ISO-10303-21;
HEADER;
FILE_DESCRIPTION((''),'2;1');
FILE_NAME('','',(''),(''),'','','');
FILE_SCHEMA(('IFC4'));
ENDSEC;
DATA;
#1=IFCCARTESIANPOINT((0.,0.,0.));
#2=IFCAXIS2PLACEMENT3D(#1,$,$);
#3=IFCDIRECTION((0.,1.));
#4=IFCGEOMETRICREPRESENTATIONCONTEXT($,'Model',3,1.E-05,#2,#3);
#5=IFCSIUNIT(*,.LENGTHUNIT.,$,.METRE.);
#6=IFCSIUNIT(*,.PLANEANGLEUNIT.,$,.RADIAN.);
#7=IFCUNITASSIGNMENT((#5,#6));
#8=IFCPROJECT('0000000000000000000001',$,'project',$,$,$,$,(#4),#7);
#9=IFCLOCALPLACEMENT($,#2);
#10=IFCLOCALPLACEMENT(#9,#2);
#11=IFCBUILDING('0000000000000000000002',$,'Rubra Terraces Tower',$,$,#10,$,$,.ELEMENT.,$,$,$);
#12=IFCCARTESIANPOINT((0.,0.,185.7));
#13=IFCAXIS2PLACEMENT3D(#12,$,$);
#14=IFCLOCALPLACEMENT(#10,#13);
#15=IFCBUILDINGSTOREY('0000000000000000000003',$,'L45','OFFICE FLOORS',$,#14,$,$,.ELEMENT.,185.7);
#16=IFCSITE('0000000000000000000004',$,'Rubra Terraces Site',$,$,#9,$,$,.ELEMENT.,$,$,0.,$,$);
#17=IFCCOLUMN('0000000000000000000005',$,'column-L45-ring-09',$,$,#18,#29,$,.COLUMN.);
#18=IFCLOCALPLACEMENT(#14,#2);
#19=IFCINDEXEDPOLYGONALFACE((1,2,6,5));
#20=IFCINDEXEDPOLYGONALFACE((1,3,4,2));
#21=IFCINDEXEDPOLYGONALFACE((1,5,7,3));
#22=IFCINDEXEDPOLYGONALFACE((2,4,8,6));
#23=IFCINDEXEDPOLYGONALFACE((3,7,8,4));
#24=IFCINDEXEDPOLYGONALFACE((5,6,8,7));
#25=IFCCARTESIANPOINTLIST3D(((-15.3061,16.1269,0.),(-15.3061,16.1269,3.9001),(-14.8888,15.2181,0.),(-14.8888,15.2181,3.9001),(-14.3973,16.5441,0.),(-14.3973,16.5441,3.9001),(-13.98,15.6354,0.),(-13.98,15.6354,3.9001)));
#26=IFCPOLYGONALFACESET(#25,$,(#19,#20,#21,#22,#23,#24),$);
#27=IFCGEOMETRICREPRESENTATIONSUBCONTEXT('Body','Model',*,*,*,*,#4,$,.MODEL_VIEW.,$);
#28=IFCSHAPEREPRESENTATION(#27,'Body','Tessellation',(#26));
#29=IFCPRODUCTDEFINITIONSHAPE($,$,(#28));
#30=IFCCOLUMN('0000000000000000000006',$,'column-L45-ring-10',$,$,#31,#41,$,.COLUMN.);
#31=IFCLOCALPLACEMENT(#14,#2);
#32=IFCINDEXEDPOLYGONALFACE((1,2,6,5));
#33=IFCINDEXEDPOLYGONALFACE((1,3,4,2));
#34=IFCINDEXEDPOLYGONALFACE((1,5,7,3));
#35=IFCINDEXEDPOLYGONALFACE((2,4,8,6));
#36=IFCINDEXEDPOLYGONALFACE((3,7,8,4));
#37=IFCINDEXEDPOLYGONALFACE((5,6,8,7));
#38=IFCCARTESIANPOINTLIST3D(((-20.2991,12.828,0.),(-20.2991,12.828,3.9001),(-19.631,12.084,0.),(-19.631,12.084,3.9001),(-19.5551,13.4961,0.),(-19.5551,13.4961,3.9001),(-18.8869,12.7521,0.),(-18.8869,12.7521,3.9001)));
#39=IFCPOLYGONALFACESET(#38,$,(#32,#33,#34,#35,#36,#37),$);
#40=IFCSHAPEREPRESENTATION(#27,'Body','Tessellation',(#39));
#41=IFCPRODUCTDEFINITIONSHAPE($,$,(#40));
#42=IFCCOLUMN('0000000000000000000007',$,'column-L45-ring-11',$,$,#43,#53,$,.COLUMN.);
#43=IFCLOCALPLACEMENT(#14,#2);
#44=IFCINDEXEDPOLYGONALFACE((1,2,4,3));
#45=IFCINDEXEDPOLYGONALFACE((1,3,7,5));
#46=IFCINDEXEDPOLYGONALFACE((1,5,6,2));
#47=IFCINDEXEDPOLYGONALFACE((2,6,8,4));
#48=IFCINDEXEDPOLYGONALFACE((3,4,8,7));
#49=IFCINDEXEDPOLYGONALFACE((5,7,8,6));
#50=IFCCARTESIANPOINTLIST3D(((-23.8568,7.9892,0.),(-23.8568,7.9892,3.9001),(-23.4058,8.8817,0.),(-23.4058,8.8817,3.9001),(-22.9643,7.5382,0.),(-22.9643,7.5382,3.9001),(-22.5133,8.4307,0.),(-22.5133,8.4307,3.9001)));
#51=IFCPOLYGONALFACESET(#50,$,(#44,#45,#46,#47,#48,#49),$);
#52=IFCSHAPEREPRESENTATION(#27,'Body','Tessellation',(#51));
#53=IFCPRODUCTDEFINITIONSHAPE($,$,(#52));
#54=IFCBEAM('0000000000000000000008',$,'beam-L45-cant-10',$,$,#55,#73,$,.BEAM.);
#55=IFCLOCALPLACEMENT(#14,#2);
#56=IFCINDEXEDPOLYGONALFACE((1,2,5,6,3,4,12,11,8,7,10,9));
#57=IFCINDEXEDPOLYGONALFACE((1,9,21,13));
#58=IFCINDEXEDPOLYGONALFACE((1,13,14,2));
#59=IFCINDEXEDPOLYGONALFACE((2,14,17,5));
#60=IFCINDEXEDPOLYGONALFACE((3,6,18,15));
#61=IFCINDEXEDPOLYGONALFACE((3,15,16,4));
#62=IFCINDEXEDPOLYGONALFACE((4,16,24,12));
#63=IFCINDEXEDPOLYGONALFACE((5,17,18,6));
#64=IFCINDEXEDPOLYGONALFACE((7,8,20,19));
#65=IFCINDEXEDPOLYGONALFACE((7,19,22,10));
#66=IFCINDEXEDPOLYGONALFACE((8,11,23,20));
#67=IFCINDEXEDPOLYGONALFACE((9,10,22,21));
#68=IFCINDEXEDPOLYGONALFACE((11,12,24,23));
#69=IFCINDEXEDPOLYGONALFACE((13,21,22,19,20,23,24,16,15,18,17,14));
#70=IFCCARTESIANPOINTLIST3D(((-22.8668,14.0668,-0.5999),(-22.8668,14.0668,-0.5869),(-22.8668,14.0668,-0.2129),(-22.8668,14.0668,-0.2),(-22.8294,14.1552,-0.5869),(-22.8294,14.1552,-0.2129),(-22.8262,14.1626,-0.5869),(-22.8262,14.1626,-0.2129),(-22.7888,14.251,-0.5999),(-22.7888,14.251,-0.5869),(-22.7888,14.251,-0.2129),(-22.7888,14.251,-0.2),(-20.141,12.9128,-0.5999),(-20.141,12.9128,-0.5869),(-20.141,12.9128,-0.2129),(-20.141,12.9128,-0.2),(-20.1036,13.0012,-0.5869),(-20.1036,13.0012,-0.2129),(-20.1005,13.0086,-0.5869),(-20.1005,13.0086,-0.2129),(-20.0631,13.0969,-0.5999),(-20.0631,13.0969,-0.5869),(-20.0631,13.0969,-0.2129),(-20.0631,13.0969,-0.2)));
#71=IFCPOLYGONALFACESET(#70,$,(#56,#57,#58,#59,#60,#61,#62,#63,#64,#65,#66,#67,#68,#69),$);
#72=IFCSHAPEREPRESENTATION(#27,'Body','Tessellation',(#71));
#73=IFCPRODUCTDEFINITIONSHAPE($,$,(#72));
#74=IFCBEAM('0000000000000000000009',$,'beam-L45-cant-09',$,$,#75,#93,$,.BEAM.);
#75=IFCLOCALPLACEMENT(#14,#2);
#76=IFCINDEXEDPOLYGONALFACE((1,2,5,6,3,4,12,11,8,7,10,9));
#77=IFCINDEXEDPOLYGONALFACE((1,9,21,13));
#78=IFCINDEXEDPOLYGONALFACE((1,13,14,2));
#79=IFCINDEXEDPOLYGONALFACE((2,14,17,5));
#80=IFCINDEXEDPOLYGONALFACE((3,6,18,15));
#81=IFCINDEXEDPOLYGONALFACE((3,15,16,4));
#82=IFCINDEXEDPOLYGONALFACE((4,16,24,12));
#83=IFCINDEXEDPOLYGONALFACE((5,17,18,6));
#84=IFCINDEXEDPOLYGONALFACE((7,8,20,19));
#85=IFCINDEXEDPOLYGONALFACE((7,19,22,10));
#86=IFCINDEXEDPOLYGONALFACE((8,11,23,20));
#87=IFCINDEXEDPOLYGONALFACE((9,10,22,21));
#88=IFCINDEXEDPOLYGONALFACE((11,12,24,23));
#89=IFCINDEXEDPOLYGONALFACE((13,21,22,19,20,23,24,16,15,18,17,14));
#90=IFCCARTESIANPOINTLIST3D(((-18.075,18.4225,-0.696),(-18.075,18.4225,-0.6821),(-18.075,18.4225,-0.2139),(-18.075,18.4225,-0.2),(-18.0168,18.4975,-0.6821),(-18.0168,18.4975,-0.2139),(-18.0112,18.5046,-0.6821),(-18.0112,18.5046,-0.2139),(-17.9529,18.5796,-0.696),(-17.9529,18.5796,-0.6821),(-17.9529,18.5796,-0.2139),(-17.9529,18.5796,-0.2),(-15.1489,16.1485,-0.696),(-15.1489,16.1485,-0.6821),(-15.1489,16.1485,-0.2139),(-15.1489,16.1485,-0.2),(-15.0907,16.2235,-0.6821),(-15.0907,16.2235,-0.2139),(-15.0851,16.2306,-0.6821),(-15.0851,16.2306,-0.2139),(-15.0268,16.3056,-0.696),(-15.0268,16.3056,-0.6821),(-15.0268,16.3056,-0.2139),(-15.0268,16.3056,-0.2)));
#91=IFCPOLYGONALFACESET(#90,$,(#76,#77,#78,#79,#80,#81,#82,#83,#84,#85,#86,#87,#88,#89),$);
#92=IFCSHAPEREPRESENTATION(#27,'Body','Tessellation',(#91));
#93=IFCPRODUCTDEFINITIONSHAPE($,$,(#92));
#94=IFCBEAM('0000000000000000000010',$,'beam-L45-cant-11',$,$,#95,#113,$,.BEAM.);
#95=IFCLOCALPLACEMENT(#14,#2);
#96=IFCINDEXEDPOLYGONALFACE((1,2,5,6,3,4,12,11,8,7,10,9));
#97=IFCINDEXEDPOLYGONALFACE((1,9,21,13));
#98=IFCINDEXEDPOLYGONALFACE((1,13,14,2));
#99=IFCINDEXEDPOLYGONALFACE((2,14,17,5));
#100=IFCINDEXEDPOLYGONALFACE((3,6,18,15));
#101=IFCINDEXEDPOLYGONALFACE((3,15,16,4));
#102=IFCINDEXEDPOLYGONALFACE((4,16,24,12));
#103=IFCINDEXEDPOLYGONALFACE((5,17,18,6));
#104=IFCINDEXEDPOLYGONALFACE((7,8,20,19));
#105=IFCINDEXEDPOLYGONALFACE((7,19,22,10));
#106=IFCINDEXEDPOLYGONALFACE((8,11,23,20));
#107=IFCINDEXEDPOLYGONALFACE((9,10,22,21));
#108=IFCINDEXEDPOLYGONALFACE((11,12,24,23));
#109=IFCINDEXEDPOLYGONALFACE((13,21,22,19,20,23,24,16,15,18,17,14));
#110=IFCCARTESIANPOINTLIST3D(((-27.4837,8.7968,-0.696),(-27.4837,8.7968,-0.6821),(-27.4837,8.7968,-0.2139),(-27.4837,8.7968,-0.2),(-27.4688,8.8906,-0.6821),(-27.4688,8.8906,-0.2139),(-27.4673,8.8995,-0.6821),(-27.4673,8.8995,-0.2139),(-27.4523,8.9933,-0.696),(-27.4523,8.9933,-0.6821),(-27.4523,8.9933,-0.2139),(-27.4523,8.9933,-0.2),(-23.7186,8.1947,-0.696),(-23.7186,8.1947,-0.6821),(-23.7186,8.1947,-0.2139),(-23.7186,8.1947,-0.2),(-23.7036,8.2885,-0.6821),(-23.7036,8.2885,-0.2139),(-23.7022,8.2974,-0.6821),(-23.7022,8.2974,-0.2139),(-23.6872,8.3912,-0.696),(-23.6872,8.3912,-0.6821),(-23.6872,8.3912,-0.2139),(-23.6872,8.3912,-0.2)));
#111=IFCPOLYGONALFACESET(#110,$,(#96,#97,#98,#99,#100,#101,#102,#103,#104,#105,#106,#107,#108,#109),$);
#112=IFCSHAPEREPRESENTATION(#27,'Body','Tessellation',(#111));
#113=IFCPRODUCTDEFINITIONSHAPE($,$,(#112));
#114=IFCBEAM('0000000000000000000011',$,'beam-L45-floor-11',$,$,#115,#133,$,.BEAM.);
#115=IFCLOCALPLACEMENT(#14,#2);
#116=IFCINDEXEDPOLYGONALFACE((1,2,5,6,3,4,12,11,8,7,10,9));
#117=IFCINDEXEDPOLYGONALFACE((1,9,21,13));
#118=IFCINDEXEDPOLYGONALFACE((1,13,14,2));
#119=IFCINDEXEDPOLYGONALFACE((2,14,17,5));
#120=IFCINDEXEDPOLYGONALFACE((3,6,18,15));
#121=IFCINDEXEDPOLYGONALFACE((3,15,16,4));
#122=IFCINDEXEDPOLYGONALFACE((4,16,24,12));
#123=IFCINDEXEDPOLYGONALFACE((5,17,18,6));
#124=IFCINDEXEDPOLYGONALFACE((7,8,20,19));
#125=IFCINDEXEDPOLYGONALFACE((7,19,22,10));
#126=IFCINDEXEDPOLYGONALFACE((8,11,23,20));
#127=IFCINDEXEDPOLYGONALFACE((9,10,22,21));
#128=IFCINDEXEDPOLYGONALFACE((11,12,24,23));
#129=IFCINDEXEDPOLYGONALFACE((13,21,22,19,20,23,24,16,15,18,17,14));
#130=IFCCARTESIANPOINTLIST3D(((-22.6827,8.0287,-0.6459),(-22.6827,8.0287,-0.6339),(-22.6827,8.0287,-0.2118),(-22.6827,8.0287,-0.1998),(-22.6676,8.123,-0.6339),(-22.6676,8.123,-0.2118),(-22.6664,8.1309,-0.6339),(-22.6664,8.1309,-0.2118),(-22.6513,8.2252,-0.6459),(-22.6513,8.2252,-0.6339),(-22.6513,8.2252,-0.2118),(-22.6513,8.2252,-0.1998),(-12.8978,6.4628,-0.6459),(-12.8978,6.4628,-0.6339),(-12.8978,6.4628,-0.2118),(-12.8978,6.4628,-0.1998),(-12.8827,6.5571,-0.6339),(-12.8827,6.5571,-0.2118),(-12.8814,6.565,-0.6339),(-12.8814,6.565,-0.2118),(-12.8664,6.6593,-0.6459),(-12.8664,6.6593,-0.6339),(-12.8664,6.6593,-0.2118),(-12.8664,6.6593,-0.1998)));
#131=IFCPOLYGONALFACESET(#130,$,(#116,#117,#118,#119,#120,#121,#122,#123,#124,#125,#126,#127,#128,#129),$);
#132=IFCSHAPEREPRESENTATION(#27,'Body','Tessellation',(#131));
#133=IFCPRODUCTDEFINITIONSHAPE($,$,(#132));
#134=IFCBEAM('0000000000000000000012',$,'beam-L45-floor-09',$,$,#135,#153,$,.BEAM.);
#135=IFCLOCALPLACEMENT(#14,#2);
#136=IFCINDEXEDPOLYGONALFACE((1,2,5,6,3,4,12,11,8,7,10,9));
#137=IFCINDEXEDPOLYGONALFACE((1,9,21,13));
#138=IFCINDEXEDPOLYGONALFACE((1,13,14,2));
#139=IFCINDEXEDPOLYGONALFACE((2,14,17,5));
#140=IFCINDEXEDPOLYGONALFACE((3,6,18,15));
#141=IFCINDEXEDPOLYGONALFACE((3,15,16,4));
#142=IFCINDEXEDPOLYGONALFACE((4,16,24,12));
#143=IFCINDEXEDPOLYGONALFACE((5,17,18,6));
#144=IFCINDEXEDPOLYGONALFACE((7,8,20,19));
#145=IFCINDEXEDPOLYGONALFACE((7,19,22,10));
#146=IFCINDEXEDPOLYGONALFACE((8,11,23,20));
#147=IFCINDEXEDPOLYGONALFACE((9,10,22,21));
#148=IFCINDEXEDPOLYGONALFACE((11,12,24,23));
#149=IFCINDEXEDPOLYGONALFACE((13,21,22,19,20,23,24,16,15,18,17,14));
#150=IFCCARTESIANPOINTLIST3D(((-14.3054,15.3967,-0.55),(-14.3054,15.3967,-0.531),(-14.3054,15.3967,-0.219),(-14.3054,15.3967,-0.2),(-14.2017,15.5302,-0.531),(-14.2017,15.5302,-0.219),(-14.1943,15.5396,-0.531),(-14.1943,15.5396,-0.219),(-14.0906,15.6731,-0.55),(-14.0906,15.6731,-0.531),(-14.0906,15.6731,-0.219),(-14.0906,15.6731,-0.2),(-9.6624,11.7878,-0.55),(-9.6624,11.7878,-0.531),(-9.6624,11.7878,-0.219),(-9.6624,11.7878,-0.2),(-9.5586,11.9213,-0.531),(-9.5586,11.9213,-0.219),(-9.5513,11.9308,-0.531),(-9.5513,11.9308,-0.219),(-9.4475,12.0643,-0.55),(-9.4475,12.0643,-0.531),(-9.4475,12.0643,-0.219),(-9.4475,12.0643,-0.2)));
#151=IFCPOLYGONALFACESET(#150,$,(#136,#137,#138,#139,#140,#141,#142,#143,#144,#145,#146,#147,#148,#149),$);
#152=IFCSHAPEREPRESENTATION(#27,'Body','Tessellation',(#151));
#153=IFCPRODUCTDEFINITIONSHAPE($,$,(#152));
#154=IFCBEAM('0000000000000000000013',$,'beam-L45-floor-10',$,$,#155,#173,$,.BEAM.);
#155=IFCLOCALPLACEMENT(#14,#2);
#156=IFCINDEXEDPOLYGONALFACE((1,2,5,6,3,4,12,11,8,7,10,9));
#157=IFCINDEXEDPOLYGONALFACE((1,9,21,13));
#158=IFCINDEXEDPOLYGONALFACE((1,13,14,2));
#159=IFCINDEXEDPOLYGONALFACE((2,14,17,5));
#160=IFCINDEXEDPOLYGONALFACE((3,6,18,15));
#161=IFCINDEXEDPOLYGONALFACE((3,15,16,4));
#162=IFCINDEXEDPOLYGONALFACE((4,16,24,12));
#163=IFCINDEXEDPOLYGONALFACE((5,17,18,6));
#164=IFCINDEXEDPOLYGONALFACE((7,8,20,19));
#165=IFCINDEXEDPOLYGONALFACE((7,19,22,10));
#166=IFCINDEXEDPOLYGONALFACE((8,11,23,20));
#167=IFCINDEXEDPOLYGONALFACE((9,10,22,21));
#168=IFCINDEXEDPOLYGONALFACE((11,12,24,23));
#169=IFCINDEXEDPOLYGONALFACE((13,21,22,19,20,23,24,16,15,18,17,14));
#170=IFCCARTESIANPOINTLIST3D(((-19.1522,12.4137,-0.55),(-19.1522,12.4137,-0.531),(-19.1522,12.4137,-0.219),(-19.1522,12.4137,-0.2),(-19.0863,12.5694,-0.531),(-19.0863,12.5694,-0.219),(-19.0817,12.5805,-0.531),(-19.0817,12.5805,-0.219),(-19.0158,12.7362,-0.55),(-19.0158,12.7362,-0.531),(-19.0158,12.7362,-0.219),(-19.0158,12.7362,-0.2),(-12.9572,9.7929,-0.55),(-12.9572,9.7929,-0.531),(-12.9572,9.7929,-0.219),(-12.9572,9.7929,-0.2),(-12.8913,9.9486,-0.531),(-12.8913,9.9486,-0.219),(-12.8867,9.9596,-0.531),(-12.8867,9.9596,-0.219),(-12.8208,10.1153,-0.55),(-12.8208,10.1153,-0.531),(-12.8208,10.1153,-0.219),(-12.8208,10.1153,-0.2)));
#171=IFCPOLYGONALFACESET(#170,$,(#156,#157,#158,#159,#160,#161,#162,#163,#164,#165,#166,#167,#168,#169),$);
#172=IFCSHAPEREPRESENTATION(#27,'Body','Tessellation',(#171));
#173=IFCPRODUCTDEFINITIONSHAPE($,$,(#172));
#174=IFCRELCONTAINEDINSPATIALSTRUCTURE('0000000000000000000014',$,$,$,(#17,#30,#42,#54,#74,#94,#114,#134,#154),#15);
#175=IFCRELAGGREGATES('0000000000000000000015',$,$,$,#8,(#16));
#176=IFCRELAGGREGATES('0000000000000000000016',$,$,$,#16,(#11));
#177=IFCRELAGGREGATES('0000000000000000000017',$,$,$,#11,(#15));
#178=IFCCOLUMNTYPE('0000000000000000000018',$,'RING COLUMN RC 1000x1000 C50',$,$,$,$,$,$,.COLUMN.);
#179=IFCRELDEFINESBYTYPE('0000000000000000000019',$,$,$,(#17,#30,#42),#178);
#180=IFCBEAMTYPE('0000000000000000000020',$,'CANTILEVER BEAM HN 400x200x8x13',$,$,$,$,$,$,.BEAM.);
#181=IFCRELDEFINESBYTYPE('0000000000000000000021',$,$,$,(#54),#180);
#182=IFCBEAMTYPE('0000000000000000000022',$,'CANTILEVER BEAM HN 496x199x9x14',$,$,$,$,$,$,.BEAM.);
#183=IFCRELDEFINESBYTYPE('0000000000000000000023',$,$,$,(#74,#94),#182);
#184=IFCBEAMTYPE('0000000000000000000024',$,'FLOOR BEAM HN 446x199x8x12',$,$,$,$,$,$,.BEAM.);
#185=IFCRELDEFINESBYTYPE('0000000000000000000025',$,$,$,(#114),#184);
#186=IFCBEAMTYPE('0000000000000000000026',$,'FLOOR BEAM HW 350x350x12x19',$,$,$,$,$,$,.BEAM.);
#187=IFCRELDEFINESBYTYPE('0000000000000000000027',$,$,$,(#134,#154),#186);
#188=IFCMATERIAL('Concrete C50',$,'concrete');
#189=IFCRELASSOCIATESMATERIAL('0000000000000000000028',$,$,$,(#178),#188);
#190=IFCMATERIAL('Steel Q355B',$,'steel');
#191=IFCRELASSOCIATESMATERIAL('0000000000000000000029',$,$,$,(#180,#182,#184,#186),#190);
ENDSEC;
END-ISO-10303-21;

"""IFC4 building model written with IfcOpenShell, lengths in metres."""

from ifc_helpers import new_model, si_unit, direction, frame, origin, origin_2d, place, context, subcontext, project, spatial, rectangle, i_section, extrude, material, material_profile, profile_set, type_object, element, save


model = new_model("IFC4")

# Units and contexts
model_context = context("Model", 3, precision=1e-05, world=origin(), true_north=direction((0.0, 1.0)))
body_context = subcontext(model_context, "Body", "Model", "MODEL_VIEW")
ifc_project = project(units=[si_unit("LENGTHUNIT", "METRE"), si_unit("PLANEANGLEUNIT", "RADIAN")], contexts=[model_context])

# Site, building, storey
site_placement = place(None, origin())
site = spatial("IfcSite", under=ifc_project, at=site_placement, Name="Rubra Terraces Site", CompositionType="ELEMENT", RefElevation=0.0)
building_placement = place(site_placement, origin())
building = spatial("IfcBuilding", under=site, at=building_placement, Name="Rubra Terraces Tower", CompositionType="ELEMENT")
storey_placement = place(building_placement, frame((0.0, 0.0, 185.7)))
storey = spatial("IfcBuildingStorey", under=building, at=storey_placement, Name="L45", Description="OFFICE FLOORS", CompositionType="ELEMENT", Elevation=185.7)

# Columns
ifc_material_1 = material(Name="Concrete C50", Category="concrete")
ifc_material_profile_1 = material_profile(ifc_material_1, rectangle(XDim=1.0, YDim=1.0, at=origin_2d()), Name="RC 1000x1000")
ifc_profile_set_1 = profile_set([ifc_material_profile_1], Name="Concrete C50")
column_type = type_object("IfcColumnType", Name="RING COLUMN RC 1000x1000 C50", PredefinedType="COLUMN", material=ifc_profile_set_1)
for number, where, z_axis, x_axis, name in (
    (1, (-14.6431, 15.8811, 0.0), (0.0, 0.0, 1.0), (-0.908779, -0.417279, 0.0), "column-L45-ring-09"),
    (2, (-19.593, 12.79, 0.0), (0.0, 0.0, 1.0), (-0.744021, -0.668156, 0.0), "column-L45-ring-10"),
    (3, (-23.1851, 8.21, 0.0), (0.0, 0.0, 1.0), (-0.451028, -0.89251, 0.0), "column-L45-ring-11"),
):
    element("IfcColumn", number, at=place(storey_placement, frame(where, z_axis=z_axis, x_axis=x_axis)), inside=storey, type_object=column_type, Name=name, PredefinedType="COLUMN", context=body_context, shape_type="SweptSolid", body=[
        extrude(rectangle(XDim=1.0, YDim=1.0, at=origin_2d()), origin(), (0.0, 0.0, 1.0), 3.9001),
    ])

# Beams
ifc_material_2 = material(Name="Steel Q355B", Category="steel")
ifc_material_profile_2 = material_profile(ifc_material_2, i_section(OverallWidth=0.2, OverallDepth=0.3999, WebThickness=0.0081, FlangeThickness=0.0129, at=origin_2d()), Name="HN 400x200x8x13")
ifc_profile_set_2 = profile_set([ifc_material_profile_2], Name="Steel Q355B")
beam_type_1 = type_object("IfcBeamType", Name="CANTILEVER BEAM HN 400x200x8x13", PredefinedType="BEAM", material=ifc_profile_set_2)
beam_1_placement = place(storey_placement, frame((-20.1021, 13.0049, -0.3999), z_axis=(-0.920868, 0.389874, 0.0), x_axis=(-0.389874, -0.920868, 0.0)))
element("IfcBeam", 4, at=beam_1_placement, inside=storey, type_object=beam_type_1, Name="beam-L45-cant-10", PredefinedType="BEAM", context=body_context, shape_type="SweptSolid", body=[
    extrude(i_section(OverallWidth=0.2, OverallDepth=0.3999, WebThickness=0.0081, FlangeThickness=0.0129, at=origin_2d()), origin(), (0.0, 0.0, 1.0), 2.96),
])
ifc_material_profile_3 = material_profile(ifc_material_2, i_section(OverallWidth=0.199, OverallDepth=0.4961, WebThickness=0.009, FlangeThickness=0.0139, at=origin_2d()), Name="HN 496x199x9x14")
ifc_profile_set_3 = profile_set([ifc_material_profile_3], Name="Steel Q355B")
beam_type_2 = type_object("IfcBeamType", Name="CANTILEVER BEAM HN 496x199x9x14", PredefinedType="BEAM", material=ifc_profile_set_3)
beam_2_placement = place(storey_placement, frame((-15.0879, 16.2271, -0.448), z_axis=(-0.789597, 0.613626, 0.0), x_axis=(-0.613626, -0.789597, 0.0)))
element("IfcBeam", 5, at=beam_2_placement, inside=storey, type_object=beam_type_2, Name="beam-L45-cant-09", PredefinedType="BEAM", context=body_context, shape_type="SweptSolid", body=[
    extrude(i_section(OverallWidth=0.199, OverallDepth=0.4961, WebThickness=0.009, FlangeThickness=0.0139, at=origin_2d()), origin(), (0.0, 0.0, 1.0), 3.7058),
])
beam_3_placement = place(storey_placement, frame((-23.7029, 8.293, -0.448), z_axis=(-0.987456, 0.157896, 0.0), x_axis=(-0.157896, -0.987456, 0.0)))
element("IfcBeam", 6, at=beam_3_placement, inside=storey, type_object=beam_type_2, Name="beam-L45-cant-11", PredefinedType="BEAM", context=body_context, shape_type="SweptSolid", body=[
    extrude(i_section(OverallWidth=0.199, OverallDepth=0.4961, WebThickness=0.009, FlangeThickness=0.0139, at=origin_2d()), origin(), (0.0, 0.0, 1.0), 3.813),
])
ifc_material_profile_4 = material_profile(ifc_material_2, i_section(OverallWidth=0.199, OverallDepth=0.446, WebThickness=0.0081, FlangeThickness=0.012, at=origin_2d()), Name="HN 446x199x8x12")
ifc_profile_set_4 = profile_set([ifc_material_profile_4], Name="Steel Q355B")
beam_type_3 = type_object("IfcBeamType", Name="FLOOR BEAM HN 446x199x8x12", PredefinedType="BEAM", material=ifc_profile_set_4)
beam_4_placement = place(storey_placement, frame((-22.667, 8.127, -0.4229), z_axis=(0.987435, -0.158023, 0.0), x_axis=(0.158023, 0.987435, 0.0)))
element("IfcBeam", 7, at=beam_4_placement, inside=storey, type_object=beam_type_3, Name="beam-L45-floor-11", PredefinedType="BEAM", context=body_context, shape_type="SweptSolid", body=[
    extrude(i_section(OverallWidth=0.199, OverallDepth=0.446, WebThickness=0.0081, FlangeThickness=0.012, at=origin_2d()), origin(), (0.0, 0.0, 1.0), 9.9094),
])
ifc_material_profile_5 = material_profile(ifc_material_2, i_section(OverallWidth=0.3501, OverallDepth=0.3501, WebThickness=0.012, FlangeThickness=0.019, at=origin_2d()), Name="HW 350x350x12x19")
ifc_profile_set_5 = profile_set([ifc_material_profile_5], Name="Steel Q355B")
beam_type_4 = type_object("IfcBeamType", Name="FLOOR BEAM HW 350x350x12x19", PredefinedType="BEAM", material=ifc_profile_set_5)
beam_5_placement = place(storey_placement, frame((-14.198, 15.5349, -0.375), z_axis=(0.789549, -0.613688, 0.0), x_axis=(0.613688, 0.789549, 0.0)))
element("IfcBeam", 8, at=beam_5_placement, inside=storey, type_object=beam_type_4, Name="beam-L45-floor-09", PredefinedType="BEAM", context=body_context, shape_type="SweptSolid", body=[
    extrude(i_section(OverallWidth=0.3501, OverallDepth=0.3501, WebThickness=0.012, FlangeThickness=0.019, at=origin_2d()), origin(), (0.0, 0.0, 1.0), 5.8806),
])
beam_6_placement = place(storey_placement, frame((-19.084, 12.575, -0.375), z_axis=(0.920975, -0.389622, 0.0), x_axis=(0.389622, 0.920975, 0.0)))
element("IfcBeam", 9, at=beam_6_placement, inside=storey, type_object=beam_type_4, Name="beam-L45-floor-10", PredefinedType="BEAM", context=body_context, shape_type="SweptSolid", body=[
    extrude(i_section(OverallWidth=0.3501, OverallDepth=0.3501, WebThickness=0.012, FlangeThickness=0.019, at=origin_2d()), origin(), (0.0, 0.0, 1.0), 6.7266),
])

save(model, "model.ifc")
